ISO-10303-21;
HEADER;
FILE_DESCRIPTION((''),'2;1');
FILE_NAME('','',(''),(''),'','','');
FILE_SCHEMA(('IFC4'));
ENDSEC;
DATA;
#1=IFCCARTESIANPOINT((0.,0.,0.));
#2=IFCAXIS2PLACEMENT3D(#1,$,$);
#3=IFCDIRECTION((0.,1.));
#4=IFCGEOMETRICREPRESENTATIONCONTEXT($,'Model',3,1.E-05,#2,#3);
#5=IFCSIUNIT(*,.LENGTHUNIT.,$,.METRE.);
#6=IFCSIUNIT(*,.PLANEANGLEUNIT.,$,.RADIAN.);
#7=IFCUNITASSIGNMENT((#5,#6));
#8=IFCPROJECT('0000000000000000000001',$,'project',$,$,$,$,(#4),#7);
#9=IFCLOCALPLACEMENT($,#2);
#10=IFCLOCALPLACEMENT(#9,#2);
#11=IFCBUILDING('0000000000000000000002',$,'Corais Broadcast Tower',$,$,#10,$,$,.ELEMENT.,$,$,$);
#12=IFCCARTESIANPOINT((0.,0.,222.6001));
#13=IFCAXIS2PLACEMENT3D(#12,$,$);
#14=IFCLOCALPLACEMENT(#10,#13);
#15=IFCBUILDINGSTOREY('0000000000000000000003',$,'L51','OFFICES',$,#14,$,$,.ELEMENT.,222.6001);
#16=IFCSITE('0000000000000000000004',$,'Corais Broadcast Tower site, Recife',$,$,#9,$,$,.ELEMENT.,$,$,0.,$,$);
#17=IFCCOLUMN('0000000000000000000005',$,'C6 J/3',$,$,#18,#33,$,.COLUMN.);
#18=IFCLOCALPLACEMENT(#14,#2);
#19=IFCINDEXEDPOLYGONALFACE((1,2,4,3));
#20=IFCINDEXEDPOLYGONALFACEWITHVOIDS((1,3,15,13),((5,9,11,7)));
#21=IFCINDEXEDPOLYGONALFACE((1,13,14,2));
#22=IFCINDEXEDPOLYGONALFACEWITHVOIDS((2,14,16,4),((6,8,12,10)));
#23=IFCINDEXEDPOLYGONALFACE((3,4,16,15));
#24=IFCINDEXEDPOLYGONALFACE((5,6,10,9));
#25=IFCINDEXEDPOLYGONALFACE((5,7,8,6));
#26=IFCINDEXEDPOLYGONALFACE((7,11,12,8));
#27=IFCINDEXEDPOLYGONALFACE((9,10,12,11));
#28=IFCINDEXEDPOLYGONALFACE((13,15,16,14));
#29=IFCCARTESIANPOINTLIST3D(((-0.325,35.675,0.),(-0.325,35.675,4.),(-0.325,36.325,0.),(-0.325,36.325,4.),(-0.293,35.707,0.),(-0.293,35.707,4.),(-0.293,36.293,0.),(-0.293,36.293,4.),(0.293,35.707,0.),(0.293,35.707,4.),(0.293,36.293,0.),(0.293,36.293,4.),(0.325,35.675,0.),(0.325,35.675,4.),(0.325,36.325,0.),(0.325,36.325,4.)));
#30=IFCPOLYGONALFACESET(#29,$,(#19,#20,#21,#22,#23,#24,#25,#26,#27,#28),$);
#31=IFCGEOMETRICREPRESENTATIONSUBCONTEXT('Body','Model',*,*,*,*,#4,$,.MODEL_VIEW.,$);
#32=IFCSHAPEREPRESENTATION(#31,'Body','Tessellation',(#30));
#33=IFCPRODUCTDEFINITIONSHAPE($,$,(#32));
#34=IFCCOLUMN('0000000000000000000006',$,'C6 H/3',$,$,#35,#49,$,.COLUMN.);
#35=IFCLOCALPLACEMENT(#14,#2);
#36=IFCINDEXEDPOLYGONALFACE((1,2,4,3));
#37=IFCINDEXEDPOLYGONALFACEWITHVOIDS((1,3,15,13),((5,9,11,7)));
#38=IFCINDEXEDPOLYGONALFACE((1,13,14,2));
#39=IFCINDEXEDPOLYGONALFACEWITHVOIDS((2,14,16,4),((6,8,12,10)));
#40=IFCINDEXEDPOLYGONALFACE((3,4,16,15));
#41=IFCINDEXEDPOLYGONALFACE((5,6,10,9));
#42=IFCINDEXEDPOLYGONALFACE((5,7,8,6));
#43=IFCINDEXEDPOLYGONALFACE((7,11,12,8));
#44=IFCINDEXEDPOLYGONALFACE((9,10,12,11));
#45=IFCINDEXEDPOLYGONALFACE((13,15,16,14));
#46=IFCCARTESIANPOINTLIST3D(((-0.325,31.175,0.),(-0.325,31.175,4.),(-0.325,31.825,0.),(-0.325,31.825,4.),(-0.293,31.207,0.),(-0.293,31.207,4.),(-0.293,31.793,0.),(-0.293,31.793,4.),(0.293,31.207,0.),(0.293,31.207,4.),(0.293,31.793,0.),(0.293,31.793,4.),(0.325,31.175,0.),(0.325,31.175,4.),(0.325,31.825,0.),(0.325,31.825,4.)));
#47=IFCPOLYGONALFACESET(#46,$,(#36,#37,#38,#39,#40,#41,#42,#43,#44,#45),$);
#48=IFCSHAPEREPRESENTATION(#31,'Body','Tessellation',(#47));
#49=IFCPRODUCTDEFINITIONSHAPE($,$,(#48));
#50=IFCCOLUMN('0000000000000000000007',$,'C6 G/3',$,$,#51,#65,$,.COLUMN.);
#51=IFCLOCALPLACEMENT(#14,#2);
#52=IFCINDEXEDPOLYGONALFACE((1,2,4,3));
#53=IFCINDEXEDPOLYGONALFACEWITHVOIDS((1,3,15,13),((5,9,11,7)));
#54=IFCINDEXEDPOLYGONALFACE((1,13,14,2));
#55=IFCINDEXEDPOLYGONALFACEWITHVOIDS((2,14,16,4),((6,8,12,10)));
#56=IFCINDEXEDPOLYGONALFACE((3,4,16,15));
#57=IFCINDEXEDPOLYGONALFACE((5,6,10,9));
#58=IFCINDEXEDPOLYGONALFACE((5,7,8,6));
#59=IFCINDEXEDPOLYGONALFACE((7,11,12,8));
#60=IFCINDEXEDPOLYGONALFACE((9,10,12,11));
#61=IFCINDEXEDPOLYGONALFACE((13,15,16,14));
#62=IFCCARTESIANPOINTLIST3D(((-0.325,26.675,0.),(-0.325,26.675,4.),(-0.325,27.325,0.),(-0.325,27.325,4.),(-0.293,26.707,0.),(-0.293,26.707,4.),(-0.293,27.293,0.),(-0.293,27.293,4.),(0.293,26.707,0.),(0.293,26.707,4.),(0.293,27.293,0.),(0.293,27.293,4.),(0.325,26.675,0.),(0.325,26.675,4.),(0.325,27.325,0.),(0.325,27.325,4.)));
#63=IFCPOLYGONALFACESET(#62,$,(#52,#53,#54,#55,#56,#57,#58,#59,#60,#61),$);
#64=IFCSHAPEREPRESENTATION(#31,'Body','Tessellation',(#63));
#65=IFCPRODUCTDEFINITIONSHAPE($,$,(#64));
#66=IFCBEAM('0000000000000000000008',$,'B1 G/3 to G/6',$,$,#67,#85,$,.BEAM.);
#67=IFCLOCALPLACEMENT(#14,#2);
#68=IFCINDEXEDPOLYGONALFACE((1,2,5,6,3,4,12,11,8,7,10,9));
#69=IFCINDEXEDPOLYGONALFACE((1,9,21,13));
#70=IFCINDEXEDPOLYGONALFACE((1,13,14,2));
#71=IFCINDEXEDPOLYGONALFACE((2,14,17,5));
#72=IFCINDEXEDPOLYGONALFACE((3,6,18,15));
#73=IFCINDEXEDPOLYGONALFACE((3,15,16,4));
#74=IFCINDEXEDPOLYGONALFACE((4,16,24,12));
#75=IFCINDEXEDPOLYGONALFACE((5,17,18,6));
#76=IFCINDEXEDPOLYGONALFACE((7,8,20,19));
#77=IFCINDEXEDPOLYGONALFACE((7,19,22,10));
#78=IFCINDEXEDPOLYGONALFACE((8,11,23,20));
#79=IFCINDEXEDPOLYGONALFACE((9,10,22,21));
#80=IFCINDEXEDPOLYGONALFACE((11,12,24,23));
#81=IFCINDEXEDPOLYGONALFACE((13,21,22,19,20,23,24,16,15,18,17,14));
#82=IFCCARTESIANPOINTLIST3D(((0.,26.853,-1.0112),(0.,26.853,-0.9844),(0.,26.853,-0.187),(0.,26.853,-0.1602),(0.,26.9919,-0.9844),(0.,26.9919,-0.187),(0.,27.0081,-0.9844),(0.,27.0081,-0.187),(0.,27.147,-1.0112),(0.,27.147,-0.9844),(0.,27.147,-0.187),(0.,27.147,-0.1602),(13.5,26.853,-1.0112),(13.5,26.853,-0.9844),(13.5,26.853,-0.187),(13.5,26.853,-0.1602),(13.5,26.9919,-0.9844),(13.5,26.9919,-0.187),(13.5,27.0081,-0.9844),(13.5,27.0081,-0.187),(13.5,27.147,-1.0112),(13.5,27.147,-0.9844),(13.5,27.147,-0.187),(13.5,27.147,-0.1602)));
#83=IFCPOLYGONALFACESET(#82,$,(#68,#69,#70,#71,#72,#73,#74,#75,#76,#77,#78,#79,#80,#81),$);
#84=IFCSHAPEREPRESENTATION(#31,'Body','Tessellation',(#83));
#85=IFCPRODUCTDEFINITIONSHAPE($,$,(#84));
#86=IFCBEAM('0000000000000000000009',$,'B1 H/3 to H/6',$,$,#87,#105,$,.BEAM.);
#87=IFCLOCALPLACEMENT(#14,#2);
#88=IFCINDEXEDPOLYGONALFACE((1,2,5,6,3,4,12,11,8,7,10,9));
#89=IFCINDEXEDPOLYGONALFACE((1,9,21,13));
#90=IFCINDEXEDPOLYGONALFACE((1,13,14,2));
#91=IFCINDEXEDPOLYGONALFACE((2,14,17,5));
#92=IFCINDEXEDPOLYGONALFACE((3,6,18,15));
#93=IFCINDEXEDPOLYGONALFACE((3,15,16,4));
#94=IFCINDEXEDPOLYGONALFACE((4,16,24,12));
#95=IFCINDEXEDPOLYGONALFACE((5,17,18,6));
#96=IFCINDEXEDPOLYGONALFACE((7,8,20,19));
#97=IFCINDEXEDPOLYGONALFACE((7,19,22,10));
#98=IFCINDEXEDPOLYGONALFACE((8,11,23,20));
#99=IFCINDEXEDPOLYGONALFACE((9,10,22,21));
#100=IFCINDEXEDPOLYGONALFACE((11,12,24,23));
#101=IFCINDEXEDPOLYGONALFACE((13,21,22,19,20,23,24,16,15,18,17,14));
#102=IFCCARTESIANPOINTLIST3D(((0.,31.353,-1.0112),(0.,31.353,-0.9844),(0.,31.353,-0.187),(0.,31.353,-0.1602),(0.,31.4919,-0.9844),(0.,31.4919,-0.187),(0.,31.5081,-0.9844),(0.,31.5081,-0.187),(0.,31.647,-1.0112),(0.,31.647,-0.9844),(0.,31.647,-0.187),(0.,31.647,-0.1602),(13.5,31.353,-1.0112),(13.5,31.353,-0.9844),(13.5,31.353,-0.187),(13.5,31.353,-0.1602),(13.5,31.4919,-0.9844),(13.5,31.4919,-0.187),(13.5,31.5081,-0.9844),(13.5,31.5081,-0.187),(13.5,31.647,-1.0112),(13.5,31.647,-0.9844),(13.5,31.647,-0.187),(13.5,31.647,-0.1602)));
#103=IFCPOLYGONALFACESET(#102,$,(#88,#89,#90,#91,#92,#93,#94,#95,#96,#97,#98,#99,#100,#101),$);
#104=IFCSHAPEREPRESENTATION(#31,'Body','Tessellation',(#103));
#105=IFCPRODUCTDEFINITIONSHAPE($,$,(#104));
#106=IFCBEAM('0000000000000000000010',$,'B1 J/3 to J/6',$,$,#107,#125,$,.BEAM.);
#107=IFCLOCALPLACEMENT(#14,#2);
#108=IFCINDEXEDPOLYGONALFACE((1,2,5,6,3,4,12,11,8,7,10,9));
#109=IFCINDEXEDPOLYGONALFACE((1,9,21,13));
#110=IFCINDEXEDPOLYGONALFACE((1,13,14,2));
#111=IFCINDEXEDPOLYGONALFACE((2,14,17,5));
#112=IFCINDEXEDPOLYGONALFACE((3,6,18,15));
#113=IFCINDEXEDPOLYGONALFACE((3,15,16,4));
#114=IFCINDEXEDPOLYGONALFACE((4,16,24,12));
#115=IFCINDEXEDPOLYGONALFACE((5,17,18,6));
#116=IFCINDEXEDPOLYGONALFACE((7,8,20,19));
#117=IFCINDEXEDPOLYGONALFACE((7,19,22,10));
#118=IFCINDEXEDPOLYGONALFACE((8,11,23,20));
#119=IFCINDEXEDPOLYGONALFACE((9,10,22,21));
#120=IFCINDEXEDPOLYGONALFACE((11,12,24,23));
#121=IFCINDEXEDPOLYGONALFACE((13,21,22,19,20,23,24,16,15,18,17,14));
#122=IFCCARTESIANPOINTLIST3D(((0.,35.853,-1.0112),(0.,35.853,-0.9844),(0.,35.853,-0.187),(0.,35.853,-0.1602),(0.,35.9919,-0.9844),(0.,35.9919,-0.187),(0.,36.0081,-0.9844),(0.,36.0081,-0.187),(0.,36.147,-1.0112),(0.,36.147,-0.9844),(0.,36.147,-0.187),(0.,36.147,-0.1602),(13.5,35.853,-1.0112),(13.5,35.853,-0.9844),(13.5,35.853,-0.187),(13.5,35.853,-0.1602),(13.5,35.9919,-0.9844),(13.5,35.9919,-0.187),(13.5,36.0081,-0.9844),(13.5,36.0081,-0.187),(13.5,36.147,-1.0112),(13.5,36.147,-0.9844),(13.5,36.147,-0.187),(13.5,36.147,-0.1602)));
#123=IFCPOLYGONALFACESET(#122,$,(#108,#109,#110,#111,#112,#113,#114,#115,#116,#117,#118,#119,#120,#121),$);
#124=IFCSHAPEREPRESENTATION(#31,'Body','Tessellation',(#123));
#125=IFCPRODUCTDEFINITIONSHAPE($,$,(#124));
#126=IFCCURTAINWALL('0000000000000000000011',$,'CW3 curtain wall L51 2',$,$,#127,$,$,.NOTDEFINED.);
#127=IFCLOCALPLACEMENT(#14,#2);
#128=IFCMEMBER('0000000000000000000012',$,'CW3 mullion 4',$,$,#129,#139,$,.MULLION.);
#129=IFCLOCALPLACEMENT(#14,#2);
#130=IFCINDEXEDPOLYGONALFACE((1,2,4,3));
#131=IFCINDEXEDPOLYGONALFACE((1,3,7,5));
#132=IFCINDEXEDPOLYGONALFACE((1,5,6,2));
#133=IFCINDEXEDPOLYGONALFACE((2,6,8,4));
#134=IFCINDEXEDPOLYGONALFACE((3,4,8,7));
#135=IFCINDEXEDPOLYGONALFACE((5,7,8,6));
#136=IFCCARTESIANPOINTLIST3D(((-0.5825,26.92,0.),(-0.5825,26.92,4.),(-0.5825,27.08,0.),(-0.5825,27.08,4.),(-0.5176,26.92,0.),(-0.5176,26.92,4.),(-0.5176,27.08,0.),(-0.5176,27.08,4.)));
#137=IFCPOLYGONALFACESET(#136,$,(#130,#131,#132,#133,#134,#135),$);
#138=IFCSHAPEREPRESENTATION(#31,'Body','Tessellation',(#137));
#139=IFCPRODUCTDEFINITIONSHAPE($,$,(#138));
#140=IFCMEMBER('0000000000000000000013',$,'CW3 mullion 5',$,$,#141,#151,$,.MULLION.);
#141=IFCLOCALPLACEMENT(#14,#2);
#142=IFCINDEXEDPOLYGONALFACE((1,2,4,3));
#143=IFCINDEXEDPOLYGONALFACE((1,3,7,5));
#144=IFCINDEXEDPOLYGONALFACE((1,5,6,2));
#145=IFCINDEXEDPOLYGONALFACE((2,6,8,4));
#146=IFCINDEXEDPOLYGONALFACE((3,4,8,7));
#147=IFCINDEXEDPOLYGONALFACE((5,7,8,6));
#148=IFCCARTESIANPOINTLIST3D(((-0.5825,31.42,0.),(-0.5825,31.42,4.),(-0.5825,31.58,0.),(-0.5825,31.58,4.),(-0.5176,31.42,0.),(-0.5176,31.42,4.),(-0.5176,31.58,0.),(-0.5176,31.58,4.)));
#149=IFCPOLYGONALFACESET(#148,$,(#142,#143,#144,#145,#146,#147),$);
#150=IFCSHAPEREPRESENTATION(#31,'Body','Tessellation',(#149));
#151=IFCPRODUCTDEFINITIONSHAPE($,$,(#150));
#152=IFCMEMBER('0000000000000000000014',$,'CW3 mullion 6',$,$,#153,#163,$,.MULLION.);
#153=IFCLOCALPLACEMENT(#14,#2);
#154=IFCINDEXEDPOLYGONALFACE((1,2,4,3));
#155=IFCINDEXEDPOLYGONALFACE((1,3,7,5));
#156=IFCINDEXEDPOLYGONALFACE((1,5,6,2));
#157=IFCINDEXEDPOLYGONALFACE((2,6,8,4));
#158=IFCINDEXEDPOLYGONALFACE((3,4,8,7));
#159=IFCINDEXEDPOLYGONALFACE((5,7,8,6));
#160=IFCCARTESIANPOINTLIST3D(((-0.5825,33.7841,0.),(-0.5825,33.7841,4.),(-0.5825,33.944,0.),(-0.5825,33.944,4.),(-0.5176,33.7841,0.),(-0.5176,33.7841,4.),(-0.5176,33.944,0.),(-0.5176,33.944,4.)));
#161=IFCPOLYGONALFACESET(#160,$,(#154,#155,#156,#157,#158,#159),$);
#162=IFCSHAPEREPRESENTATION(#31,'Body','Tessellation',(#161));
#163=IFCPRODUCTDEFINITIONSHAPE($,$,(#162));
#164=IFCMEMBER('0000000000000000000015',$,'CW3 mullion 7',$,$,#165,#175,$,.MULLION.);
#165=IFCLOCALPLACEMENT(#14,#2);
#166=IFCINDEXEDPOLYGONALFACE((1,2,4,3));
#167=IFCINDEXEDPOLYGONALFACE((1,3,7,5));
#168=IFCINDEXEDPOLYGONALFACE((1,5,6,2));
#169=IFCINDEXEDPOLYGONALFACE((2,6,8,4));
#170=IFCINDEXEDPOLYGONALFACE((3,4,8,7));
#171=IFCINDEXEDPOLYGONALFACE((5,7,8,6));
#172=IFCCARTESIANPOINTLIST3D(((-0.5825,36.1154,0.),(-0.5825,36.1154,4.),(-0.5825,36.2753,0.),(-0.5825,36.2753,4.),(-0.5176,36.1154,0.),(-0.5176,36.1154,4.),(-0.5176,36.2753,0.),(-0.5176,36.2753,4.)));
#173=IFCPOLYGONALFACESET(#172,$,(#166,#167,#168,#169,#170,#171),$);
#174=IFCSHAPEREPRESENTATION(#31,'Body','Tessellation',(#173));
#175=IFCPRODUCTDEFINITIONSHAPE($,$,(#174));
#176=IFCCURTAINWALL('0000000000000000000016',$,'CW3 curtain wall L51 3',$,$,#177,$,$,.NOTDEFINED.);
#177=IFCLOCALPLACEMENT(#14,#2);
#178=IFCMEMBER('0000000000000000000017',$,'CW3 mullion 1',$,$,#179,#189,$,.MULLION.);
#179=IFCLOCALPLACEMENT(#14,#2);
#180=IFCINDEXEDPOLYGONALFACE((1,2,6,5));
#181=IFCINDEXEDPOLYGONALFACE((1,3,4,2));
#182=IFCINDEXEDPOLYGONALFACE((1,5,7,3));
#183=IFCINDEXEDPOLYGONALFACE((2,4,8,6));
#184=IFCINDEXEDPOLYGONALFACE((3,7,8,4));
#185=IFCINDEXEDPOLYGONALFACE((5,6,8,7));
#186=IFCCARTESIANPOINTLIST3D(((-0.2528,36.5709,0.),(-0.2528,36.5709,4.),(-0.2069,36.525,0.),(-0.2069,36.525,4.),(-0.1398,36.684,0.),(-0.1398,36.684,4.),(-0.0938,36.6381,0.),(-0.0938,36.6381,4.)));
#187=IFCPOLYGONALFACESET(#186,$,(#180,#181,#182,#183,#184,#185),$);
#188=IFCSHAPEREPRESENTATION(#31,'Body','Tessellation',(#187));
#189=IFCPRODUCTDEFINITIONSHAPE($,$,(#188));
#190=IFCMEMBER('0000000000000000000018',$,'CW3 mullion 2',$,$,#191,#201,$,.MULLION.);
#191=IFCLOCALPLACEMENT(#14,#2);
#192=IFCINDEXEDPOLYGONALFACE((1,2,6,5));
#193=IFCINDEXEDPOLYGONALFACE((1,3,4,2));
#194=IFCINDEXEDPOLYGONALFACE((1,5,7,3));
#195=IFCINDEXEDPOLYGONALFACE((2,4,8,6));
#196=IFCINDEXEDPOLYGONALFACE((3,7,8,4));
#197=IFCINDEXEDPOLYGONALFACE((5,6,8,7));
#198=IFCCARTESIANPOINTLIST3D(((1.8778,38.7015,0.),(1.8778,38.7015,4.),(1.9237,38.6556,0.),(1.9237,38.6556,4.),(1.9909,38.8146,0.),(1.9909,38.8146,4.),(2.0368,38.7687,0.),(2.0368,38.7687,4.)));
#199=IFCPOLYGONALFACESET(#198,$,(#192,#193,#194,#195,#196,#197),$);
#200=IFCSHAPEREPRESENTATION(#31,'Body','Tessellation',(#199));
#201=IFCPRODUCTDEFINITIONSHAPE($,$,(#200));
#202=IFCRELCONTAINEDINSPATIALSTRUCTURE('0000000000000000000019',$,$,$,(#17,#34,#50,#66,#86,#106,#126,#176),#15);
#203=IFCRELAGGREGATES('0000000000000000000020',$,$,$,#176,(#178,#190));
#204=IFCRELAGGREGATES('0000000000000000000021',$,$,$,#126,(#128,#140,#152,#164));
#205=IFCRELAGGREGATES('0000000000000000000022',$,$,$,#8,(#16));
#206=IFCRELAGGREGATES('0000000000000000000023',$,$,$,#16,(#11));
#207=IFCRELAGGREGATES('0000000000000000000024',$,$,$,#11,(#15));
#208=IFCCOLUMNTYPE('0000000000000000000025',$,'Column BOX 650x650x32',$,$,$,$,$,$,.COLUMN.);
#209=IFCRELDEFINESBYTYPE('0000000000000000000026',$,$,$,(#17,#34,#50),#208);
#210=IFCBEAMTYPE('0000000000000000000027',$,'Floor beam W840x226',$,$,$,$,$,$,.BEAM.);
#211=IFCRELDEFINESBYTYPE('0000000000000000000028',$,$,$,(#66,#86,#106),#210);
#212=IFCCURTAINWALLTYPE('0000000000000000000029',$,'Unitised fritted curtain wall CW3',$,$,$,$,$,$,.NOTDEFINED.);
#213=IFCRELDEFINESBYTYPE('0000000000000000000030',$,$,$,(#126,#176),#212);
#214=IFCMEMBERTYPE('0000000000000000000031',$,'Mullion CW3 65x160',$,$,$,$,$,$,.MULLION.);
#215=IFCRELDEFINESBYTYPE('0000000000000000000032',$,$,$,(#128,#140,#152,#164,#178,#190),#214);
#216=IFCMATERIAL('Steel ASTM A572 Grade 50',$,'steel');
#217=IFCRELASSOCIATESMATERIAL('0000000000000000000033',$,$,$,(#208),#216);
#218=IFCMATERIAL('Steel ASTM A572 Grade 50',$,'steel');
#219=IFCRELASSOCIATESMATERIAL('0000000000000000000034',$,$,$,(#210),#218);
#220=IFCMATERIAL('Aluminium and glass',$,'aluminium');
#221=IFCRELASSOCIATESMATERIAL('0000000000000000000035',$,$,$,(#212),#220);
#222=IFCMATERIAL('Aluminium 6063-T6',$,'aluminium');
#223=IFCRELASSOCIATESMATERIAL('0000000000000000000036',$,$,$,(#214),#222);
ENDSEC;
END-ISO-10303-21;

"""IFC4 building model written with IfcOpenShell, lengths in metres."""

from ifc_helpers import new_model, si_unit, direction, frame, origin, origin_2d, place, context, subcontext, project, spatial, rectangle, hollow_rectangle, i_section, extrude, material, material_profile, profile_set, type_object, element, aggregate, save


model = new_model("IFC4")

# Units and contexts
model_context = context("Model", 3, precision=1e-05, world=origin(), true_north=direction((0.0, 1.0)))
body_context = subcontext(model_context, "Body", "Model", "MODEL_VIEW")
ifc_project = project(units=[si_unit("LENGTHUNIT", "METRE"), si_unit("PLANEANGLEUNIT", "RADIAN")], contexts=[model_context])

# Site, building, storey
site_placement = place(None, origin())
site = spatial("IfcSite", under=ifc_project, at=site_placement, Name="Corais Broadcast Tower site, Recife", CompositionType="ELEMENT", RefElevation=0.0)
building_placement = place(site_placement, origin())
building = spatial("IfcBuilding", under=site, at=building_placement, Name="Corais Broadcast Tower", CompositionType="ELEMENT")
storey_placement = place(building_placement, frame((0.0, 0.0, 222.6001)))
storey = spatial("IfcBuildingStorey", under=building, at=storey_placement, Name="L51", Description="OFFICES", CompositionType="ELEMENT", Elevation=222.6001)

# Columns
ifc_material_1 = material(Name="Steel ASTM A572 Grade 50", Category="steel")
ifc_material_profile_1 = material_profile(ifc_material_1, hollow_rectangle(XDim=0.6499, YDim=0.6499, WallThickness=0.032, at=origin_2d()), Name="BOX 650x650x32")
ifc_profile_set_1 = profile_set([ifc_material_profile_1], Name="Steel ASTM A572 Grade 50")
column_type = type_object("IfcColumnType", Name="Column BOX 650x650x32", PredefinedType="COLUMN", material=ifc_profile_set_1)
for number, where, z_axis, x_axis, name in (
    (1, (0.0, 36.0, 0.0), (0.0, 0.0, 1.0), (1.0, 0.0, 0.0), "C6 J/3"),
    (2, (0.0, 31.5, 0.0), (0.0, 0.0, 1.0), (1.0, 0.0, 0.0), "C6 H/3"),
    (3, (0.0, 27.0, 0.0), (0.0, 0.0, 1.0), (1.0, 0.0, 0.0), "C6 G/3"),
):
    element("IfcColumn", number, at=place(storey_placement, frame(where, z_axis=z_axis, x_axis=x_axis)), inside=storey, type_object=column_type, Name=name, PredefinedType="COLUMN", context=body_context, shape_type="SweptSolid", body=[
        extrude(hollow_rectangle(XDim=0.6499, YDim=0.6499, WallThickness=0.032, at=origin_2d()), origin(), (0.0, 0.0, 1.0), 4.0),
    ])

# Beams
ifc_material_2 = material(Name="Steel ASTM A572 Grade 50", Category="steel")
ifc_material_profile_2 = material_profile(ifc_material_2, i_section(OverallWidth=0.2939, OverallDepth=0.8511, WebThickness=0.0161, FlangeThickness=0.0269, at=origin_2d()), Name="W840x226")
ifc_profile_set_2 = profile_set([ifc_material_profile_2], Name="Steel ASTM A572 Grade 50")
beam_type_1 = type_object("IfcBeamType", Name="Floor beam W840x226", PredefinedType="BEAM", material=ifc_profile_set_2)
for number, where, z_axis, x_axis, name in (
    (4, (0.0, 27.0, -0.5857), (1.0, 0.0, 0.0), (0.0, 1.0, 0.0), "B1 G/3 to G/6"),
    (5, (0.0, 31.5, -0.5857), (1.0, 0.0, 0.0), (0.0, 1.0, 0.0), "B1 H/3 to H/6"),
    (6, (0.0, 36.0, -0.5857), (1.0, 0.0, 0.0), (0.0, 1.0, 0.0), "B1 J/3 to J/6"),
):
    element("IfcBeam", number, at=place(storey_placement, frame(where, z_axis=z_axis, x_axis=x_axis)), inside=storey, type_object=beam_type_1, Name=name, PredefinedType="BEAM", context=body_context, shape_type="SweptSolid", body=[
        extrude(i_section(OverallWidth=0.2939, OverallDepth=0.8511, WebThickness=0.0161, FlangeThickness=0.0269, at=origin_2d()), origin(), (0.0, 0.0, 1.0), 13.5),
    ])

# Curtain walls, members
ifc_material_3 = material(Name="Aluminium and glass", Category="aluminium")
curtain_wall_type = type_object("IfcCurtainWallType", Name="Unitised fritted curtain wall CW3", PredefinedType="NOTDEFINED", material=ifc_material_3)
curtain_wall_1_placement = place(storey_placement, origin())
curtain_wall_1 = element("IfcCurtainWall", 7, at=curtain_wall_1_placement, inside=storey, type_object=curtain_wall_type, Name="CW3 curtain wall L51 2", PredefinedType="NOTDEFINED")
ifc_material_4 = material(Name="Aluminium 6063-T6", Category="aluminium")
ifc_material_profile_3 = material_profile(ifc_material_4, rectangle(XDim=0.0649, YDim=0.1599, at=origin_2d()), Name="Mullion CW3 65x160")
ifc_profile_set_3 = profile_set([ifc_material_profile_3], Name="Aluminium 6063-T6")
member_type_1 = type_object("IfcMemberType", Name="Mullion CW3 65x160", PredefinedType="MULLION", material=ifc_profile_set_3)
member_1_placement = place(storey_placement, frame((-0.55, 27.0, 0.0), z_axis=(0.0, 0.0, 1.0), x_axis=(-1.0, 0.0, 0.0)))
member_1 = element("IfcMember", 8, at=member_1_placement, type_object=member_type_1, Name="CW3 mullion 4", PredefinedType="MULLION", context=body_context, shape_type="SweptSolid", body=[
    extrude(rectangle(XDim=0.0649, YDim=0.1599, at=origin_2d()), origin(), (0.0, 0.0, 1.0), 4.0),
])
member_2_placement = place(storey_placement, frame((-0.55, 31.5, 0.0), z_axis=(0.0, 0.0, 1.0), x_axis=(-1.0, 0.0, 0.0)))
member_2 = element("IfcMember", 9, at=member_2_placement, type_object=member_type_1, Name="CW3 mullion 5", PredefinedType="MULLION", context=body_context, shape_type="SweptSolid", body=[
    extrude(rectangle(XDim=0.0649, YDim=0.1599, at=origin_2d()), origin(), (0.0, 0.0, 1.0), 4.0),
])
member_3_placement = place(storey_placement, frame((-0.55, 33.864, 0.0), z_axis=(0.0, 0.0, 1.0), x_axis=(-1.0, 0.0, 0.0)))
member_3 = element("IfcMember", 10, at=member_3_placement, type_object=member_type_1, Name="CW3 mullion 6", PredefinedType="MULLION", context=body_context, shape_type="SweptSolid", body=[
    extrude(rectangle(XDim=0.0649, YDim=0.1599, at=origin_2d()), origin(), (0.0, 0.0, 1.0), 4.0),
])
member_4_placement = place(storey_placement, frame((-0.55, 36.1953, 0.0), z_axis=(0.0, 0.0, 1.0), x_axis=(-1.0, 0.0, 0.0)))
member_4 = element("IfcMember", 11, at=member_4_placement, type_object=member_type_1, Name="CW3 mullion 7", PredefinedType="MULLION", context=body_context, shape_type="SweptSolid", body=[
    extrude(rectangle(XDim=0.0649, YDim=0.1599, at=origin_2d()), origin(), (0.0, 0.0, 1.0), 4.0),
])
curtain_wall_2_placement = place(storey_placement, origin())
curtain_wall_2 = element("IfcCurtainWall", 12, at=curtain_wall_2_placement, inside=storey, type_object=curtain_wall_type, Name="CW3 curtain wall L51 3", PredefinedType="NOTDEFINED")
member_5_placement = place(storey_placement, frame((-0.1733, 36.6045, 0.0), z_axis=(0.0, 0.0, 1.0), x_axis=(-0.707107, 0.707107, 0.0)))
member_5 = element("IfcMember", 13, at=member_5_placement, type_object=member_type_1, Name="CW3 mullion 1", PredefinedType="MULLION", context=body_context, shape_type="SweptSolid", body=[
    extrude(rectangle(XDim=0.0649, YDim=0.1599, at=origin_2d()), origin(), (0.0, 0.0, 1.0), 4.0),
])
member_6_placement = place(storey_placement, frame((1.9573, 38.7351, 0.0), z_axis=(0.0, 0.0, 1.0), x_axis=(-0.707107, 0.707107, 0.0)))
member_6 = element("IfcMember", 14, at=member_6_placement, type_object=member_type_1, Name="CW3 mullion 2", PredefinedType="MULLION", context=body_context, shape_type="SweptSolid", body=[
    extrude(rectangle(XDim=0.0649, YDim=0.1599, at=origin_2d()), origin(), (0.0, 0.0, 1.0), 4.0),
])

aggregate(curtain_wall_2, [member_5, member_6])
aggregate(curtain_wall_1, [member_1, member_2, member_3, member_4])

save(model, "model.ifc")
